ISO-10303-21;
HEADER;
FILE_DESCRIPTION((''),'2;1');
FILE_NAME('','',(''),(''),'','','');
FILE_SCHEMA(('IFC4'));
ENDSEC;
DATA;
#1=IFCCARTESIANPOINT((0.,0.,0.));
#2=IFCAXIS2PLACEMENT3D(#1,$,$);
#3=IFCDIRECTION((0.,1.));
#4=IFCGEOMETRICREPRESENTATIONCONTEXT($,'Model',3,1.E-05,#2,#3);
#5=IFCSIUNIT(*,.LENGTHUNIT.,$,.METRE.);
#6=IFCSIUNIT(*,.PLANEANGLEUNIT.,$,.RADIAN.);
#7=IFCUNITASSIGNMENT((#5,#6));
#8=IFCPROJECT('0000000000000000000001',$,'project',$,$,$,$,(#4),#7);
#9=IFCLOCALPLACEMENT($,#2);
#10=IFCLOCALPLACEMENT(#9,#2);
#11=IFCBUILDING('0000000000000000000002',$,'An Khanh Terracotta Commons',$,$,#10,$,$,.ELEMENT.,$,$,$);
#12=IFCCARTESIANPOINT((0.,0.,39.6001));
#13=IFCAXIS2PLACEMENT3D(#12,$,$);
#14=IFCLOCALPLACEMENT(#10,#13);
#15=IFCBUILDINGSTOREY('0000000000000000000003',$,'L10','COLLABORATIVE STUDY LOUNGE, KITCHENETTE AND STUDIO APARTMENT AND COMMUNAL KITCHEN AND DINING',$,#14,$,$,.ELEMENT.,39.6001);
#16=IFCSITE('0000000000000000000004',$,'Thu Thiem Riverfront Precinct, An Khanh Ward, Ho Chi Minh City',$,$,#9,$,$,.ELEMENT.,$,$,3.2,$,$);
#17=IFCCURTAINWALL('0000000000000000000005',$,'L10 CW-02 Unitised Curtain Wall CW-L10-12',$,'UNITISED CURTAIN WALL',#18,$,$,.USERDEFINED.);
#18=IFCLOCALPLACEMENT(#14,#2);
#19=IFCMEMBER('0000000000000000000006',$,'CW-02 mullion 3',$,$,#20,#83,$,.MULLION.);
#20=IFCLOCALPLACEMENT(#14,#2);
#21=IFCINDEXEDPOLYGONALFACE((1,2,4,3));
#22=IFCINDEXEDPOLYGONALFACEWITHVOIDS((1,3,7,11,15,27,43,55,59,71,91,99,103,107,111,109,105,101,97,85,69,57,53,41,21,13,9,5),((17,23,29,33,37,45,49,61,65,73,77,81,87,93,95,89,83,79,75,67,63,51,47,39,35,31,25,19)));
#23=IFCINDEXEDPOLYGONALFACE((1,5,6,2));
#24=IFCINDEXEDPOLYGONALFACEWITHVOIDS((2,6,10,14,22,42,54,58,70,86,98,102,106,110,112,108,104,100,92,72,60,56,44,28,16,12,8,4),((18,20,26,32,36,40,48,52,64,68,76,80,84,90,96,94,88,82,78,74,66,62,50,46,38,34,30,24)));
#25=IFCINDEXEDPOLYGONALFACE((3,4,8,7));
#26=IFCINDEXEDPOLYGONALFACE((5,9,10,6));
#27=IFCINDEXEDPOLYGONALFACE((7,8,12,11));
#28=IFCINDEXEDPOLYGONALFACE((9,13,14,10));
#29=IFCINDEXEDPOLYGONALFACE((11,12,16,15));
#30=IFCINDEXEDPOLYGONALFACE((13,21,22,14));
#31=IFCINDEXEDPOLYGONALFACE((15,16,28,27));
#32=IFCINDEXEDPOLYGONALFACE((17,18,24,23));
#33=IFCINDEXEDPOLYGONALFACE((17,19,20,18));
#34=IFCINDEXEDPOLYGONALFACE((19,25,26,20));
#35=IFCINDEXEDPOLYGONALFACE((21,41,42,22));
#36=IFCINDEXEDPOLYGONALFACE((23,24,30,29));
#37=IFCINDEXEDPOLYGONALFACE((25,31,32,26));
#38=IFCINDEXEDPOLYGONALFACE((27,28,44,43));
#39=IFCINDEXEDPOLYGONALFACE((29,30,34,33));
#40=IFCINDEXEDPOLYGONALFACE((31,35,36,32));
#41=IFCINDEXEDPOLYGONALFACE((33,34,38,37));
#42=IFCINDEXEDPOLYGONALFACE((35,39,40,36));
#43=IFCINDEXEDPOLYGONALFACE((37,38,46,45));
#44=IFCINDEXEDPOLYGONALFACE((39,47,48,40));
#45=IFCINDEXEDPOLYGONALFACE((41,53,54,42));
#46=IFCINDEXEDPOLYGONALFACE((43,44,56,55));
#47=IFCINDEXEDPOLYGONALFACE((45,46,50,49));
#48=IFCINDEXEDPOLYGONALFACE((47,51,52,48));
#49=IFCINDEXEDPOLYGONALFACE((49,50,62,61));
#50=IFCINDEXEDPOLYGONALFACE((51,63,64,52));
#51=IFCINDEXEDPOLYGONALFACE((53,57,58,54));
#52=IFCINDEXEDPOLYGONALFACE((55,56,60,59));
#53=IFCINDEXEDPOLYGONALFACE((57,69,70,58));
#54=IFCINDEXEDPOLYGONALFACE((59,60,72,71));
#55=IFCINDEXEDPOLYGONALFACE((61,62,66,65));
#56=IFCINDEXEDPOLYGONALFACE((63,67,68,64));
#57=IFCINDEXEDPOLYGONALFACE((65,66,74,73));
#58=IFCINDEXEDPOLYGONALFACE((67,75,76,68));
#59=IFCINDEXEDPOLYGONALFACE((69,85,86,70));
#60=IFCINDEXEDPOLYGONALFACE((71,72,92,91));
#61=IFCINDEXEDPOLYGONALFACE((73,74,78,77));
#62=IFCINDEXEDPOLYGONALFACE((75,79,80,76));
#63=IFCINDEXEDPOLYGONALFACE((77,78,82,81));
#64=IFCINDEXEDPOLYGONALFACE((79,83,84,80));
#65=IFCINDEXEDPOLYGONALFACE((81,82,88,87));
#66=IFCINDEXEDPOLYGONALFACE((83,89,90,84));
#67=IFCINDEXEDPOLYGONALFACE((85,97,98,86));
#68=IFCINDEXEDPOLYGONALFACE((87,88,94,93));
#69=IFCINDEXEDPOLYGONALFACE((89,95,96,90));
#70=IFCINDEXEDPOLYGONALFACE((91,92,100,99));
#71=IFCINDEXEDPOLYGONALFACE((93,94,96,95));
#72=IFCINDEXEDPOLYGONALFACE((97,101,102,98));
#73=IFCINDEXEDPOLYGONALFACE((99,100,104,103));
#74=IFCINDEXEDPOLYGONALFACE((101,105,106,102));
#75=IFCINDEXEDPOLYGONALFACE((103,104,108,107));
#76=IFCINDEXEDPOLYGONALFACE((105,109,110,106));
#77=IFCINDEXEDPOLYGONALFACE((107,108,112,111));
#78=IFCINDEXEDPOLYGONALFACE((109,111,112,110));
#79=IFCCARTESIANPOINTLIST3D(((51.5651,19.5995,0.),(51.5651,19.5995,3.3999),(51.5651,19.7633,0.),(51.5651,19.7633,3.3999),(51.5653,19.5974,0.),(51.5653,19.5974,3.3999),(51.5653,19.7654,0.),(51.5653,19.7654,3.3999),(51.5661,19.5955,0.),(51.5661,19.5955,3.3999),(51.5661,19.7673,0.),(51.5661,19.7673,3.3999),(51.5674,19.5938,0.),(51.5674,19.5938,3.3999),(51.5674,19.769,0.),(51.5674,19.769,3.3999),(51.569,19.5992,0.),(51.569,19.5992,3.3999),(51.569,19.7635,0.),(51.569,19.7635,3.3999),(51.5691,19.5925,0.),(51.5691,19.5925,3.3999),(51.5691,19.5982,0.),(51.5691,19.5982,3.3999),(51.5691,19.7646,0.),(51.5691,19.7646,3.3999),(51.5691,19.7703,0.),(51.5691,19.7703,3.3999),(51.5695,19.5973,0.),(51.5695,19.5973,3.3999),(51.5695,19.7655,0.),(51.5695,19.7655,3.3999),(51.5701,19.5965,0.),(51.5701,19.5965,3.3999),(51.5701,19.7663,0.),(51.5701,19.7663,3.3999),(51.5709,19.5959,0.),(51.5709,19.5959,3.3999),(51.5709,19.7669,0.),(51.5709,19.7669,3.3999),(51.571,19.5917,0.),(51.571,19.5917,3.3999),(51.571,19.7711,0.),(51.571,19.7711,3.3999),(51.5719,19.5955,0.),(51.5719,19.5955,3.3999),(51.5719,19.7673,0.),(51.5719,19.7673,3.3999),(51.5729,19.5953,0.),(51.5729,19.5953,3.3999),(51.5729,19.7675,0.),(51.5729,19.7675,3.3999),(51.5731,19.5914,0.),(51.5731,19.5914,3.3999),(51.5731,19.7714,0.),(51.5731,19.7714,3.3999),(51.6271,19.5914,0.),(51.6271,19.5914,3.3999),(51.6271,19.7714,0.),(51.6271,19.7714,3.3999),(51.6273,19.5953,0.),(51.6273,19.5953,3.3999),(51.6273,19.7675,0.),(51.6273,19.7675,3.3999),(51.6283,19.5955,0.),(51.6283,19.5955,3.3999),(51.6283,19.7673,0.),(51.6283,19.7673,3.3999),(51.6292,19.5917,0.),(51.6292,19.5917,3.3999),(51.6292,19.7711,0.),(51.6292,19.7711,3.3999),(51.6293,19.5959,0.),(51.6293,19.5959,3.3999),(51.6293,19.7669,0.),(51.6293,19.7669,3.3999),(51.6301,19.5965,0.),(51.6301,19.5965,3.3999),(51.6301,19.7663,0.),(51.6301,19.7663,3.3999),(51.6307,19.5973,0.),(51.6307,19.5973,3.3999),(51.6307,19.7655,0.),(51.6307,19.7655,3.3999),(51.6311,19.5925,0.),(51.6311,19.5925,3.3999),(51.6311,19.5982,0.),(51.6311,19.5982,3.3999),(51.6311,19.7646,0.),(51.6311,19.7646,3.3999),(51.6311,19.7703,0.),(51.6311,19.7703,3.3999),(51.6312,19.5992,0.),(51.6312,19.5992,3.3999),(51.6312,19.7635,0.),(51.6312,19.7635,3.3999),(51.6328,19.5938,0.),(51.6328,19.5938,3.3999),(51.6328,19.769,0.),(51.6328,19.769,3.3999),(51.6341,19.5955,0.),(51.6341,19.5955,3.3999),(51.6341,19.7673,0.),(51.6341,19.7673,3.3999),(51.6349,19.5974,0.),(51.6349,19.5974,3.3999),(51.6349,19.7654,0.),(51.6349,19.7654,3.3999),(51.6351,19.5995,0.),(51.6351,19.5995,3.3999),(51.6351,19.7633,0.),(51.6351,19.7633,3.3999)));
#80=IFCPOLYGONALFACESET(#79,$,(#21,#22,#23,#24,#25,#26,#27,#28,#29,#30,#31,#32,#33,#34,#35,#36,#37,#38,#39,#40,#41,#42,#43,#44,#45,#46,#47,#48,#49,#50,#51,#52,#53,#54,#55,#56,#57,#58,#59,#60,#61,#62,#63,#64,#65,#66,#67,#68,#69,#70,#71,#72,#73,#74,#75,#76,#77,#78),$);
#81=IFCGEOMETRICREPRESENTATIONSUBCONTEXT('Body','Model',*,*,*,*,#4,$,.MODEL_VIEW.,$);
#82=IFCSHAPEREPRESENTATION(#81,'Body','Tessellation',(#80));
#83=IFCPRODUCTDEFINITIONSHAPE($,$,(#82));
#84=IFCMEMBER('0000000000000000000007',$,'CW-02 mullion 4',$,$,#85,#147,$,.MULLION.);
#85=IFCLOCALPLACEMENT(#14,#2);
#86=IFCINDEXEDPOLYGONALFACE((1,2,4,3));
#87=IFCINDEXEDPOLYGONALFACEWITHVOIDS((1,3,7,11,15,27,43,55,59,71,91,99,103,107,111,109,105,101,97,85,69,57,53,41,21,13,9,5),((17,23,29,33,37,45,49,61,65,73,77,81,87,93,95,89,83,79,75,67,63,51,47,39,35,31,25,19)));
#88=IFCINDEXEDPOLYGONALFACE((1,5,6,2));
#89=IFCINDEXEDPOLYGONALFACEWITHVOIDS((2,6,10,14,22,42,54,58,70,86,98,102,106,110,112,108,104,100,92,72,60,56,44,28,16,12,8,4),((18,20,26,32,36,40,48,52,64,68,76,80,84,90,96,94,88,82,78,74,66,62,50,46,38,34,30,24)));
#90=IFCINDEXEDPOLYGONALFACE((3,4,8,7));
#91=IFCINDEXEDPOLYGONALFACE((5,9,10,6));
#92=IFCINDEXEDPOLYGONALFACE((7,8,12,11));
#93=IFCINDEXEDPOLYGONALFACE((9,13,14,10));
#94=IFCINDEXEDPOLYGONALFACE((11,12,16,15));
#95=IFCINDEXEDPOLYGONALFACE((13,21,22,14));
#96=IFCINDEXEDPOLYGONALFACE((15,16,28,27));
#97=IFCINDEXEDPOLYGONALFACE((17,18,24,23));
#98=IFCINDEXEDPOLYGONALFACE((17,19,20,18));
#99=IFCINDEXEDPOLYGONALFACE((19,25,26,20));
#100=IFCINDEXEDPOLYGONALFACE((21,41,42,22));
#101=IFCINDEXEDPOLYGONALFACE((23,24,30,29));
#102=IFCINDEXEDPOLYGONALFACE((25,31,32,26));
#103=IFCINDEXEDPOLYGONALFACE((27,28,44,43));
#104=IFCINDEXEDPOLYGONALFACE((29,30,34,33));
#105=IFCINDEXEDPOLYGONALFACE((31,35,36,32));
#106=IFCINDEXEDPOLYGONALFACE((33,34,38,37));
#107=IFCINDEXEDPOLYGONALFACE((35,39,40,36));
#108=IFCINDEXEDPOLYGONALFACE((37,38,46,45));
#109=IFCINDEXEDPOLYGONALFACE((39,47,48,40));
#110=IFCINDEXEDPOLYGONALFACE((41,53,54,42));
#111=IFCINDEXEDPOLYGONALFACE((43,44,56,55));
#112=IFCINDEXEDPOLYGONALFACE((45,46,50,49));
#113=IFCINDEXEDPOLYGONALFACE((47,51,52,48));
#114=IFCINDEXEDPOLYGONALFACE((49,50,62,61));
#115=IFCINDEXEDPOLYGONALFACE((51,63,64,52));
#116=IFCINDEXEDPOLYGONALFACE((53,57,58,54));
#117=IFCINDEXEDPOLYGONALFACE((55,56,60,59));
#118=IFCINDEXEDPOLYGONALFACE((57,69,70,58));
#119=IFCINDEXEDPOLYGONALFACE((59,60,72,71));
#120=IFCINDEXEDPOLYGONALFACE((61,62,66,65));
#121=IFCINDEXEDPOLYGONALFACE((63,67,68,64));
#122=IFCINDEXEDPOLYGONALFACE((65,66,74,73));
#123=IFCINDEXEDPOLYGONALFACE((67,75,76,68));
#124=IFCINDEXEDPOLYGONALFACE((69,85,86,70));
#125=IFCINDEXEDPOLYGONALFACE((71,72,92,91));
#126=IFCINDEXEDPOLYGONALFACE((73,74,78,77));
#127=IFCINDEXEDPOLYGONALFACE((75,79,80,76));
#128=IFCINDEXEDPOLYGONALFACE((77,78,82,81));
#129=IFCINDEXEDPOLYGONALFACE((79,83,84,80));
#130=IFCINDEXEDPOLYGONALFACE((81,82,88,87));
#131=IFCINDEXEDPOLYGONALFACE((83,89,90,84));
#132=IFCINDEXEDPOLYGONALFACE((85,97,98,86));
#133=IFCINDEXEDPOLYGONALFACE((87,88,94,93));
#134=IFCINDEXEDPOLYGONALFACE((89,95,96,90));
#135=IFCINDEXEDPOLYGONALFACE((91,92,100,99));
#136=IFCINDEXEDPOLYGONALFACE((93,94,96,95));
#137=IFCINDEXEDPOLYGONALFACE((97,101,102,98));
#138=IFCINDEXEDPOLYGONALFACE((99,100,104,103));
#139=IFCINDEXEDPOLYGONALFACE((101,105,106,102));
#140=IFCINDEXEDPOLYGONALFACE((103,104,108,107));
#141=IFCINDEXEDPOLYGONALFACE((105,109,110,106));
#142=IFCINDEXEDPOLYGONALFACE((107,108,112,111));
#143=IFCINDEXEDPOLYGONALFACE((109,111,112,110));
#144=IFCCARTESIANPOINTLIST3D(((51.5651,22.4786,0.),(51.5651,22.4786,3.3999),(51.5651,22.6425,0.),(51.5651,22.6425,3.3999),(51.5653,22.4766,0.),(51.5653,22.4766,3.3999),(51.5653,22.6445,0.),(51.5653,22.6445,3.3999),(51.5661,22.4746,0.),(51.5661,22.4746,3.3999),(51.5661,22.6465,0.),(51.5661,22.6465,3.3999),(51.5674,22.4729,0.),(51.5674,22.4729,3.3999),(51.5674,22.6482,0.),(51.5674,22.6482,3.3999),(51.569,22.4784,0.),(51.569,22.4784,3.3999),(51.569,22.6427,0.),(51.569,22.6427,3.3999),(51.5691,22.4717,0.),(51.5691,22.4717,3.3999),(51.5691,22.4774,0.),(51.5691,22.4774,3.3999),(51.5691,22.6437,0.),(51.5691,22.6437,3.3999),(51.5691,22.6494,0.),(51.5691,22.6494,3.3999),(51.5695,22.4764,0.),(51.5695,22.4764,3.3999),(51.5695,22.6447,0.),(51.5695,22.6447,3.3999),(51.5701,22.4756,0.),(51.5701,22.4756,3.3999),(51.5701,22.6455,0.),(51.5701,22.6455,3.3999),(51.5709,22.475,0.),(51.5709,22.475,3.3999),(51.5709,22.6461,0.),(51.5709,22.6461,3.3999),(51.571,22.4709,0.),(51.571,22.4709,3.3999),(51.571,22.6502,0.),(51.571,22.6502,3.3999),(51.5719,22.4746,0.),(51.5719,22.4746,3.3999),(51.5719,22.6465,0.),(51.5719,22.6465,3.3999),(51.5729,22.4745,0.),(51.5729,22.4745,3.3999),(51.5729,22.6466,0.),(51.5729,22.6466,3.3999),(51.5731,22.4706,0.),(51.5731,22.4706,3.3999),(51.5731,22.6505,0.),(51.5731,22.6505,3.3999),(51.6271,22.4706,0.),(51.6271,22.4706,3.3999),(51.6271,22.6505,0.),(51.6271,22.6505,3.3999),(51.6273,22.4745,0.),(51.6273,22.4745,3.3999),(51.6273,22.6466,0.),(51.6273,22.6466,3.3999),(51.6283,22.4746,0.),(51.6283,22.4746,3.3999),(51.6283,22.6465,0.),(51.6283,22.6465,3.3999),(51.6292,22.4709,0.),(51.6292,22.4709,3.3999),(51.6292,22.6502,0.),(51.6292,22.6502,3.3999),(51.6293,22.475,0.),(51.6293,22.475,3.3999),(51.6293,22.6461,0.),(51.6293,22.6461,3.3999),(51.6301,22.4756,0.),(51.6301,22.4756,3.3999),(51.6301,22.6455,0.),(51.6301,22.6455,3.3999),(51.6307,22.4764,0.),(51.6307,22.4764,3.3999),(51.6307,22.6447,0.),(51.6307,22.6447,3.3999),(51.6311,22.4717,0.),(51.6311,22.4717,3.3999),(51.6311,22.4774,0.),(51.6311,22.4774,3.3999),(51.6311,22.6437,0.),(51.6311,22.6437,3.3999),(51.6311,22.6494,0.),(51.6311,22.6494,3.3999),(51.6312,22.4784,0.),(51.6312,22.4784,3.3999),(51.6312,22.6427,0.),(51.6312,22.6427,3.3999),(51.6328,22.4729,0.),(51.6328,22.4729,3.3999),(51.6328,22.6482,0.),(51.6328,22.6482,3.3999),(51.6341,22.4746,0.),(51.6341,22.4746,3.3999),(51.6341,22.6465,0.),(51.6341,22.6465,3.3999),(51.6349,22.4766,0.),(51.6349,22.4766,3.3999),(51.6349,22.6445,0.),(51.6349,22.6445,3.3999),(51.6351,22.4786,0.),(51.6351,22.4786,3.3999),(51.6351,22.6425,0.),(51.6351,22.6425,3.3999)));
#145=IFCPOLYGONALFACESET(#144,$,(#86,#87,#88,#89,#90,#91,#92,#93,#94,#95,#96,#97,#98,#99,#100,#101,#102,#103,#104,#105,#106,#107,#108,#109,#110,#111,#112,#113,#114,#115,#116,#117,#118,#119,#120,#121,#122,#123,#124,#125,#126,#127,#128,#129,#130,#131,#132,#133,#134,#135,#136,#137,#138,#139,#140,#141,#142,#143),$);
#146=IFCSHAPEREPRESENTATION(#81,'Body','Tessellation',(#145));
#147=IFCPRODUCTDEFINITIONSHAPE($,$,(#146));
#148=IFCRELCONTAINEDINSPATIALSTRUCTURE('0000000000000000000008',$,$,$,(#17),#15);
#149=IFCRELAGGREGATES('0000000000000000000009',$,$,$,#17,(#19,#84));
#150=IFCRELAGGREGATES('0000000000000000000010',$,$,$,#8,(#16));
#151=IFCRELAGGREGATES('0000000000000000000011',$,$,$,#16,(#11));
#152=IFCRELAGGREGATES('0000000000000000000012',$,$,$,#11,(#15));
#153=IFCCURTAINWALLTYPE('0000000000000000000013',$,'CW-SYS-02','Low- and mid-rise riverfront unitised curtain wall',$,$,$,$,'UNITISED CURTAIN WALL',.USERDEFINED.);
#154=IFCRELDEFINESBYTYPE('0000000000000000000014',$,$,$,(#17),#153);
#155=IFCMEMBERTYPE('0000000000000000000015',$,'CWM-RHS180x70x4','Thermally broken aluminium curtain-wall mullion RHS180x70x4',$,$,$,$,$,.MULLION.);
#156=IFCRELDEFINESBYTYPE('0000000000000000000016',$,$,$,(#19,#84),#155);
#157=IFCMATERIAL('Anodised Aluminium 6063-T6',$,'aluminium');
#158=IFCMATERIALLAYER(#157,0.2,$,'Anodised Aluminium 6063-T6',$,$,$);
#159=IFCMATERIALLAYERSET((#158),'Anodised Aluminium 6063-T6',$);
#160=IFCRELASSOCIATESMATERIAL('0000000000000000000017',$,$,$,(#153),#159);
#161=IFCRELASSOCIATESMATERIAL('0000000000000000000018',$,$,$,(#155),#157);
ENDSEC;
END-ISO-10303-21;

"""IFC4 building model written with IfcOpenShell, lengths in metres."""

from ifc_helpers import new_model, si_unit, direction, frame, origin, origin_2d, place, context, subcontext, project, spatial, hollow_rectangle, extrude, material, layer, layer_set, material_profile, profile_set, type_object, element, aggregate, save


model = new_model("IFC4")

# Units and contexts
model_context = context("Model", 3, precision=1e-05, world=origin(), true_north=direction((0.0, 1.0)))
body_context = subcontext(model_context, "Body", "Model", "MODEL_VIEW")
ifc_project = project(units=[si_unit("LENGTHUNIT", "METRE"), si_unit("PLANEANGLEUNIT", "RADIAN")], contexts=[model_context])

# Site, building, storey
site_placement = place(None, origin())
site = spatial("IfcSite", under=ifc_project, at=site_placement, Name="Thu Thiem Riverfront Precinct, An Khanh Ward, Ho Chi Minh City", CompositionType="ELEMENT", RefElevation=3.2)
building_placement = place(site_placement, origin())
building = spatial("IfcBuilding", under=site, at=building_placement, Name="An Khanh Terracotta Commons", CompositionType="ELEMENT")
storey_placement = place(building_placement, frame((0.0, 0.0, 39.6001)))
storey = spatial("IfcBuildingStorey", under=building, at=storey_placement, Name="L10", Description="COLLABORATIVE STUDY LOUNGE, KITCHENETTE AND STUDIO APARTMENT AND COMMUNAL KITCHEN AND DINING", CompositionType="ELEMENT", Elevation=39.6001)

# Curtain wall, members
ifc_material_1 = material(Name="Anodised Aluminium 6063-T6", Category="aluminium")
ifc_layer_1 = layer(ifc_material_1, 0.2, Name="Anodised Aluminium 6063-T6")
ifc_layer_set_1 = layer_set([ifc_layer_1], Name="Anodised Aluminium 6063-T6")
curtain_wall_type = type_object("IfcCurtainWallType", Name="CW-SYS-02", Description="Low- and mid-rise riverfront unitised curtain wall", ElementType="UNITISED CURTAIN WALL", PredefinedType="USERDEFINED", material=ifc_layer_set_1)
curtain_wall_placement = place(storey_placement, origin())
curtain_wall = element("IfcCurtainWall", 1, at=curtain_wall_placement, inside=storey, type_object=curtain_wall_type, Name="L10 CW-02 Unitised Curtain Wall CW-L10-12", ObjectType="UNITISED CURTAIN WALL", PredefinedType="USERDEFINED")
ifc_material_profile_1 = material_profile(ifc_material_1, hollow_rectangle(XDim=0.0701, YDim=0.1799, WallThickness=0.0039, InnerFilletRadius=0.0039, OuterFilletRadius=0.0081, at=origin_2d()), Name="RHS180x70x4")
ifc_profile_set_1 = profile_set([ifc_material_profile_1], Name="Anodised Aluminium 6063-T6")
member_type_1 = type_object("IfcMemberType", Name="CWM-RHS180x70x4", Description="Thermally broken aluminium curtain-wall mullion RHS180x70x4", PredefinedType="MULLION", material=ifc_profile_set_1)
member_1_placement = place(storey_placement, frame((51.6001, 19.6814, 0.0), z_axis=(0.0, 0.0, 1.0), x_axis=(-1.0, 0.0, 0.0)))
member_1 = element("IfcMember", 2, at=member_1_placement, type_object=member_type_1, Name="CW-02 mullion 3", PredefinedType="MULLION", context=body_context, shape_type="SweptSolid", body=[
    extrude(hollow_rectangle(XDim=0.0701, YDim=0.1799, WallThickness=0.0039, InnerFilletRadius=0.0039, OuterFilletRadius=0.0081, at=origin_2d()), origin(), (0.0, 0.0, 1.0), 3.3999),
])
member_2_placement = place(storey_placement, frame((51.6001, 22.5605, 0.0), z_axis=(0.0, 0.0, 1.0), x_axis=(-1.0, 0.0, 0.0)))
member_2 = element("IfcMember", 3, at=member_2_placement, type_object=member_type_1, Name="CW-02 mullion 4", PredefinedType="MULLION", context=body_context, shape_type="SweptSolid", body=[
    extrude(hollow_rectangle(XDim=0.0701, YDim=0.1799, WallThickness=0.0039, InnerFilletRadius=0.0039, OuterFilletRadius=0.0081, at=origin_2d()), origin(), (0.0, 0.0, 1.0), 3.3999),
])
aggregate(curtain_wall, [member_1, member_2])

save(model, "model.ifc")
